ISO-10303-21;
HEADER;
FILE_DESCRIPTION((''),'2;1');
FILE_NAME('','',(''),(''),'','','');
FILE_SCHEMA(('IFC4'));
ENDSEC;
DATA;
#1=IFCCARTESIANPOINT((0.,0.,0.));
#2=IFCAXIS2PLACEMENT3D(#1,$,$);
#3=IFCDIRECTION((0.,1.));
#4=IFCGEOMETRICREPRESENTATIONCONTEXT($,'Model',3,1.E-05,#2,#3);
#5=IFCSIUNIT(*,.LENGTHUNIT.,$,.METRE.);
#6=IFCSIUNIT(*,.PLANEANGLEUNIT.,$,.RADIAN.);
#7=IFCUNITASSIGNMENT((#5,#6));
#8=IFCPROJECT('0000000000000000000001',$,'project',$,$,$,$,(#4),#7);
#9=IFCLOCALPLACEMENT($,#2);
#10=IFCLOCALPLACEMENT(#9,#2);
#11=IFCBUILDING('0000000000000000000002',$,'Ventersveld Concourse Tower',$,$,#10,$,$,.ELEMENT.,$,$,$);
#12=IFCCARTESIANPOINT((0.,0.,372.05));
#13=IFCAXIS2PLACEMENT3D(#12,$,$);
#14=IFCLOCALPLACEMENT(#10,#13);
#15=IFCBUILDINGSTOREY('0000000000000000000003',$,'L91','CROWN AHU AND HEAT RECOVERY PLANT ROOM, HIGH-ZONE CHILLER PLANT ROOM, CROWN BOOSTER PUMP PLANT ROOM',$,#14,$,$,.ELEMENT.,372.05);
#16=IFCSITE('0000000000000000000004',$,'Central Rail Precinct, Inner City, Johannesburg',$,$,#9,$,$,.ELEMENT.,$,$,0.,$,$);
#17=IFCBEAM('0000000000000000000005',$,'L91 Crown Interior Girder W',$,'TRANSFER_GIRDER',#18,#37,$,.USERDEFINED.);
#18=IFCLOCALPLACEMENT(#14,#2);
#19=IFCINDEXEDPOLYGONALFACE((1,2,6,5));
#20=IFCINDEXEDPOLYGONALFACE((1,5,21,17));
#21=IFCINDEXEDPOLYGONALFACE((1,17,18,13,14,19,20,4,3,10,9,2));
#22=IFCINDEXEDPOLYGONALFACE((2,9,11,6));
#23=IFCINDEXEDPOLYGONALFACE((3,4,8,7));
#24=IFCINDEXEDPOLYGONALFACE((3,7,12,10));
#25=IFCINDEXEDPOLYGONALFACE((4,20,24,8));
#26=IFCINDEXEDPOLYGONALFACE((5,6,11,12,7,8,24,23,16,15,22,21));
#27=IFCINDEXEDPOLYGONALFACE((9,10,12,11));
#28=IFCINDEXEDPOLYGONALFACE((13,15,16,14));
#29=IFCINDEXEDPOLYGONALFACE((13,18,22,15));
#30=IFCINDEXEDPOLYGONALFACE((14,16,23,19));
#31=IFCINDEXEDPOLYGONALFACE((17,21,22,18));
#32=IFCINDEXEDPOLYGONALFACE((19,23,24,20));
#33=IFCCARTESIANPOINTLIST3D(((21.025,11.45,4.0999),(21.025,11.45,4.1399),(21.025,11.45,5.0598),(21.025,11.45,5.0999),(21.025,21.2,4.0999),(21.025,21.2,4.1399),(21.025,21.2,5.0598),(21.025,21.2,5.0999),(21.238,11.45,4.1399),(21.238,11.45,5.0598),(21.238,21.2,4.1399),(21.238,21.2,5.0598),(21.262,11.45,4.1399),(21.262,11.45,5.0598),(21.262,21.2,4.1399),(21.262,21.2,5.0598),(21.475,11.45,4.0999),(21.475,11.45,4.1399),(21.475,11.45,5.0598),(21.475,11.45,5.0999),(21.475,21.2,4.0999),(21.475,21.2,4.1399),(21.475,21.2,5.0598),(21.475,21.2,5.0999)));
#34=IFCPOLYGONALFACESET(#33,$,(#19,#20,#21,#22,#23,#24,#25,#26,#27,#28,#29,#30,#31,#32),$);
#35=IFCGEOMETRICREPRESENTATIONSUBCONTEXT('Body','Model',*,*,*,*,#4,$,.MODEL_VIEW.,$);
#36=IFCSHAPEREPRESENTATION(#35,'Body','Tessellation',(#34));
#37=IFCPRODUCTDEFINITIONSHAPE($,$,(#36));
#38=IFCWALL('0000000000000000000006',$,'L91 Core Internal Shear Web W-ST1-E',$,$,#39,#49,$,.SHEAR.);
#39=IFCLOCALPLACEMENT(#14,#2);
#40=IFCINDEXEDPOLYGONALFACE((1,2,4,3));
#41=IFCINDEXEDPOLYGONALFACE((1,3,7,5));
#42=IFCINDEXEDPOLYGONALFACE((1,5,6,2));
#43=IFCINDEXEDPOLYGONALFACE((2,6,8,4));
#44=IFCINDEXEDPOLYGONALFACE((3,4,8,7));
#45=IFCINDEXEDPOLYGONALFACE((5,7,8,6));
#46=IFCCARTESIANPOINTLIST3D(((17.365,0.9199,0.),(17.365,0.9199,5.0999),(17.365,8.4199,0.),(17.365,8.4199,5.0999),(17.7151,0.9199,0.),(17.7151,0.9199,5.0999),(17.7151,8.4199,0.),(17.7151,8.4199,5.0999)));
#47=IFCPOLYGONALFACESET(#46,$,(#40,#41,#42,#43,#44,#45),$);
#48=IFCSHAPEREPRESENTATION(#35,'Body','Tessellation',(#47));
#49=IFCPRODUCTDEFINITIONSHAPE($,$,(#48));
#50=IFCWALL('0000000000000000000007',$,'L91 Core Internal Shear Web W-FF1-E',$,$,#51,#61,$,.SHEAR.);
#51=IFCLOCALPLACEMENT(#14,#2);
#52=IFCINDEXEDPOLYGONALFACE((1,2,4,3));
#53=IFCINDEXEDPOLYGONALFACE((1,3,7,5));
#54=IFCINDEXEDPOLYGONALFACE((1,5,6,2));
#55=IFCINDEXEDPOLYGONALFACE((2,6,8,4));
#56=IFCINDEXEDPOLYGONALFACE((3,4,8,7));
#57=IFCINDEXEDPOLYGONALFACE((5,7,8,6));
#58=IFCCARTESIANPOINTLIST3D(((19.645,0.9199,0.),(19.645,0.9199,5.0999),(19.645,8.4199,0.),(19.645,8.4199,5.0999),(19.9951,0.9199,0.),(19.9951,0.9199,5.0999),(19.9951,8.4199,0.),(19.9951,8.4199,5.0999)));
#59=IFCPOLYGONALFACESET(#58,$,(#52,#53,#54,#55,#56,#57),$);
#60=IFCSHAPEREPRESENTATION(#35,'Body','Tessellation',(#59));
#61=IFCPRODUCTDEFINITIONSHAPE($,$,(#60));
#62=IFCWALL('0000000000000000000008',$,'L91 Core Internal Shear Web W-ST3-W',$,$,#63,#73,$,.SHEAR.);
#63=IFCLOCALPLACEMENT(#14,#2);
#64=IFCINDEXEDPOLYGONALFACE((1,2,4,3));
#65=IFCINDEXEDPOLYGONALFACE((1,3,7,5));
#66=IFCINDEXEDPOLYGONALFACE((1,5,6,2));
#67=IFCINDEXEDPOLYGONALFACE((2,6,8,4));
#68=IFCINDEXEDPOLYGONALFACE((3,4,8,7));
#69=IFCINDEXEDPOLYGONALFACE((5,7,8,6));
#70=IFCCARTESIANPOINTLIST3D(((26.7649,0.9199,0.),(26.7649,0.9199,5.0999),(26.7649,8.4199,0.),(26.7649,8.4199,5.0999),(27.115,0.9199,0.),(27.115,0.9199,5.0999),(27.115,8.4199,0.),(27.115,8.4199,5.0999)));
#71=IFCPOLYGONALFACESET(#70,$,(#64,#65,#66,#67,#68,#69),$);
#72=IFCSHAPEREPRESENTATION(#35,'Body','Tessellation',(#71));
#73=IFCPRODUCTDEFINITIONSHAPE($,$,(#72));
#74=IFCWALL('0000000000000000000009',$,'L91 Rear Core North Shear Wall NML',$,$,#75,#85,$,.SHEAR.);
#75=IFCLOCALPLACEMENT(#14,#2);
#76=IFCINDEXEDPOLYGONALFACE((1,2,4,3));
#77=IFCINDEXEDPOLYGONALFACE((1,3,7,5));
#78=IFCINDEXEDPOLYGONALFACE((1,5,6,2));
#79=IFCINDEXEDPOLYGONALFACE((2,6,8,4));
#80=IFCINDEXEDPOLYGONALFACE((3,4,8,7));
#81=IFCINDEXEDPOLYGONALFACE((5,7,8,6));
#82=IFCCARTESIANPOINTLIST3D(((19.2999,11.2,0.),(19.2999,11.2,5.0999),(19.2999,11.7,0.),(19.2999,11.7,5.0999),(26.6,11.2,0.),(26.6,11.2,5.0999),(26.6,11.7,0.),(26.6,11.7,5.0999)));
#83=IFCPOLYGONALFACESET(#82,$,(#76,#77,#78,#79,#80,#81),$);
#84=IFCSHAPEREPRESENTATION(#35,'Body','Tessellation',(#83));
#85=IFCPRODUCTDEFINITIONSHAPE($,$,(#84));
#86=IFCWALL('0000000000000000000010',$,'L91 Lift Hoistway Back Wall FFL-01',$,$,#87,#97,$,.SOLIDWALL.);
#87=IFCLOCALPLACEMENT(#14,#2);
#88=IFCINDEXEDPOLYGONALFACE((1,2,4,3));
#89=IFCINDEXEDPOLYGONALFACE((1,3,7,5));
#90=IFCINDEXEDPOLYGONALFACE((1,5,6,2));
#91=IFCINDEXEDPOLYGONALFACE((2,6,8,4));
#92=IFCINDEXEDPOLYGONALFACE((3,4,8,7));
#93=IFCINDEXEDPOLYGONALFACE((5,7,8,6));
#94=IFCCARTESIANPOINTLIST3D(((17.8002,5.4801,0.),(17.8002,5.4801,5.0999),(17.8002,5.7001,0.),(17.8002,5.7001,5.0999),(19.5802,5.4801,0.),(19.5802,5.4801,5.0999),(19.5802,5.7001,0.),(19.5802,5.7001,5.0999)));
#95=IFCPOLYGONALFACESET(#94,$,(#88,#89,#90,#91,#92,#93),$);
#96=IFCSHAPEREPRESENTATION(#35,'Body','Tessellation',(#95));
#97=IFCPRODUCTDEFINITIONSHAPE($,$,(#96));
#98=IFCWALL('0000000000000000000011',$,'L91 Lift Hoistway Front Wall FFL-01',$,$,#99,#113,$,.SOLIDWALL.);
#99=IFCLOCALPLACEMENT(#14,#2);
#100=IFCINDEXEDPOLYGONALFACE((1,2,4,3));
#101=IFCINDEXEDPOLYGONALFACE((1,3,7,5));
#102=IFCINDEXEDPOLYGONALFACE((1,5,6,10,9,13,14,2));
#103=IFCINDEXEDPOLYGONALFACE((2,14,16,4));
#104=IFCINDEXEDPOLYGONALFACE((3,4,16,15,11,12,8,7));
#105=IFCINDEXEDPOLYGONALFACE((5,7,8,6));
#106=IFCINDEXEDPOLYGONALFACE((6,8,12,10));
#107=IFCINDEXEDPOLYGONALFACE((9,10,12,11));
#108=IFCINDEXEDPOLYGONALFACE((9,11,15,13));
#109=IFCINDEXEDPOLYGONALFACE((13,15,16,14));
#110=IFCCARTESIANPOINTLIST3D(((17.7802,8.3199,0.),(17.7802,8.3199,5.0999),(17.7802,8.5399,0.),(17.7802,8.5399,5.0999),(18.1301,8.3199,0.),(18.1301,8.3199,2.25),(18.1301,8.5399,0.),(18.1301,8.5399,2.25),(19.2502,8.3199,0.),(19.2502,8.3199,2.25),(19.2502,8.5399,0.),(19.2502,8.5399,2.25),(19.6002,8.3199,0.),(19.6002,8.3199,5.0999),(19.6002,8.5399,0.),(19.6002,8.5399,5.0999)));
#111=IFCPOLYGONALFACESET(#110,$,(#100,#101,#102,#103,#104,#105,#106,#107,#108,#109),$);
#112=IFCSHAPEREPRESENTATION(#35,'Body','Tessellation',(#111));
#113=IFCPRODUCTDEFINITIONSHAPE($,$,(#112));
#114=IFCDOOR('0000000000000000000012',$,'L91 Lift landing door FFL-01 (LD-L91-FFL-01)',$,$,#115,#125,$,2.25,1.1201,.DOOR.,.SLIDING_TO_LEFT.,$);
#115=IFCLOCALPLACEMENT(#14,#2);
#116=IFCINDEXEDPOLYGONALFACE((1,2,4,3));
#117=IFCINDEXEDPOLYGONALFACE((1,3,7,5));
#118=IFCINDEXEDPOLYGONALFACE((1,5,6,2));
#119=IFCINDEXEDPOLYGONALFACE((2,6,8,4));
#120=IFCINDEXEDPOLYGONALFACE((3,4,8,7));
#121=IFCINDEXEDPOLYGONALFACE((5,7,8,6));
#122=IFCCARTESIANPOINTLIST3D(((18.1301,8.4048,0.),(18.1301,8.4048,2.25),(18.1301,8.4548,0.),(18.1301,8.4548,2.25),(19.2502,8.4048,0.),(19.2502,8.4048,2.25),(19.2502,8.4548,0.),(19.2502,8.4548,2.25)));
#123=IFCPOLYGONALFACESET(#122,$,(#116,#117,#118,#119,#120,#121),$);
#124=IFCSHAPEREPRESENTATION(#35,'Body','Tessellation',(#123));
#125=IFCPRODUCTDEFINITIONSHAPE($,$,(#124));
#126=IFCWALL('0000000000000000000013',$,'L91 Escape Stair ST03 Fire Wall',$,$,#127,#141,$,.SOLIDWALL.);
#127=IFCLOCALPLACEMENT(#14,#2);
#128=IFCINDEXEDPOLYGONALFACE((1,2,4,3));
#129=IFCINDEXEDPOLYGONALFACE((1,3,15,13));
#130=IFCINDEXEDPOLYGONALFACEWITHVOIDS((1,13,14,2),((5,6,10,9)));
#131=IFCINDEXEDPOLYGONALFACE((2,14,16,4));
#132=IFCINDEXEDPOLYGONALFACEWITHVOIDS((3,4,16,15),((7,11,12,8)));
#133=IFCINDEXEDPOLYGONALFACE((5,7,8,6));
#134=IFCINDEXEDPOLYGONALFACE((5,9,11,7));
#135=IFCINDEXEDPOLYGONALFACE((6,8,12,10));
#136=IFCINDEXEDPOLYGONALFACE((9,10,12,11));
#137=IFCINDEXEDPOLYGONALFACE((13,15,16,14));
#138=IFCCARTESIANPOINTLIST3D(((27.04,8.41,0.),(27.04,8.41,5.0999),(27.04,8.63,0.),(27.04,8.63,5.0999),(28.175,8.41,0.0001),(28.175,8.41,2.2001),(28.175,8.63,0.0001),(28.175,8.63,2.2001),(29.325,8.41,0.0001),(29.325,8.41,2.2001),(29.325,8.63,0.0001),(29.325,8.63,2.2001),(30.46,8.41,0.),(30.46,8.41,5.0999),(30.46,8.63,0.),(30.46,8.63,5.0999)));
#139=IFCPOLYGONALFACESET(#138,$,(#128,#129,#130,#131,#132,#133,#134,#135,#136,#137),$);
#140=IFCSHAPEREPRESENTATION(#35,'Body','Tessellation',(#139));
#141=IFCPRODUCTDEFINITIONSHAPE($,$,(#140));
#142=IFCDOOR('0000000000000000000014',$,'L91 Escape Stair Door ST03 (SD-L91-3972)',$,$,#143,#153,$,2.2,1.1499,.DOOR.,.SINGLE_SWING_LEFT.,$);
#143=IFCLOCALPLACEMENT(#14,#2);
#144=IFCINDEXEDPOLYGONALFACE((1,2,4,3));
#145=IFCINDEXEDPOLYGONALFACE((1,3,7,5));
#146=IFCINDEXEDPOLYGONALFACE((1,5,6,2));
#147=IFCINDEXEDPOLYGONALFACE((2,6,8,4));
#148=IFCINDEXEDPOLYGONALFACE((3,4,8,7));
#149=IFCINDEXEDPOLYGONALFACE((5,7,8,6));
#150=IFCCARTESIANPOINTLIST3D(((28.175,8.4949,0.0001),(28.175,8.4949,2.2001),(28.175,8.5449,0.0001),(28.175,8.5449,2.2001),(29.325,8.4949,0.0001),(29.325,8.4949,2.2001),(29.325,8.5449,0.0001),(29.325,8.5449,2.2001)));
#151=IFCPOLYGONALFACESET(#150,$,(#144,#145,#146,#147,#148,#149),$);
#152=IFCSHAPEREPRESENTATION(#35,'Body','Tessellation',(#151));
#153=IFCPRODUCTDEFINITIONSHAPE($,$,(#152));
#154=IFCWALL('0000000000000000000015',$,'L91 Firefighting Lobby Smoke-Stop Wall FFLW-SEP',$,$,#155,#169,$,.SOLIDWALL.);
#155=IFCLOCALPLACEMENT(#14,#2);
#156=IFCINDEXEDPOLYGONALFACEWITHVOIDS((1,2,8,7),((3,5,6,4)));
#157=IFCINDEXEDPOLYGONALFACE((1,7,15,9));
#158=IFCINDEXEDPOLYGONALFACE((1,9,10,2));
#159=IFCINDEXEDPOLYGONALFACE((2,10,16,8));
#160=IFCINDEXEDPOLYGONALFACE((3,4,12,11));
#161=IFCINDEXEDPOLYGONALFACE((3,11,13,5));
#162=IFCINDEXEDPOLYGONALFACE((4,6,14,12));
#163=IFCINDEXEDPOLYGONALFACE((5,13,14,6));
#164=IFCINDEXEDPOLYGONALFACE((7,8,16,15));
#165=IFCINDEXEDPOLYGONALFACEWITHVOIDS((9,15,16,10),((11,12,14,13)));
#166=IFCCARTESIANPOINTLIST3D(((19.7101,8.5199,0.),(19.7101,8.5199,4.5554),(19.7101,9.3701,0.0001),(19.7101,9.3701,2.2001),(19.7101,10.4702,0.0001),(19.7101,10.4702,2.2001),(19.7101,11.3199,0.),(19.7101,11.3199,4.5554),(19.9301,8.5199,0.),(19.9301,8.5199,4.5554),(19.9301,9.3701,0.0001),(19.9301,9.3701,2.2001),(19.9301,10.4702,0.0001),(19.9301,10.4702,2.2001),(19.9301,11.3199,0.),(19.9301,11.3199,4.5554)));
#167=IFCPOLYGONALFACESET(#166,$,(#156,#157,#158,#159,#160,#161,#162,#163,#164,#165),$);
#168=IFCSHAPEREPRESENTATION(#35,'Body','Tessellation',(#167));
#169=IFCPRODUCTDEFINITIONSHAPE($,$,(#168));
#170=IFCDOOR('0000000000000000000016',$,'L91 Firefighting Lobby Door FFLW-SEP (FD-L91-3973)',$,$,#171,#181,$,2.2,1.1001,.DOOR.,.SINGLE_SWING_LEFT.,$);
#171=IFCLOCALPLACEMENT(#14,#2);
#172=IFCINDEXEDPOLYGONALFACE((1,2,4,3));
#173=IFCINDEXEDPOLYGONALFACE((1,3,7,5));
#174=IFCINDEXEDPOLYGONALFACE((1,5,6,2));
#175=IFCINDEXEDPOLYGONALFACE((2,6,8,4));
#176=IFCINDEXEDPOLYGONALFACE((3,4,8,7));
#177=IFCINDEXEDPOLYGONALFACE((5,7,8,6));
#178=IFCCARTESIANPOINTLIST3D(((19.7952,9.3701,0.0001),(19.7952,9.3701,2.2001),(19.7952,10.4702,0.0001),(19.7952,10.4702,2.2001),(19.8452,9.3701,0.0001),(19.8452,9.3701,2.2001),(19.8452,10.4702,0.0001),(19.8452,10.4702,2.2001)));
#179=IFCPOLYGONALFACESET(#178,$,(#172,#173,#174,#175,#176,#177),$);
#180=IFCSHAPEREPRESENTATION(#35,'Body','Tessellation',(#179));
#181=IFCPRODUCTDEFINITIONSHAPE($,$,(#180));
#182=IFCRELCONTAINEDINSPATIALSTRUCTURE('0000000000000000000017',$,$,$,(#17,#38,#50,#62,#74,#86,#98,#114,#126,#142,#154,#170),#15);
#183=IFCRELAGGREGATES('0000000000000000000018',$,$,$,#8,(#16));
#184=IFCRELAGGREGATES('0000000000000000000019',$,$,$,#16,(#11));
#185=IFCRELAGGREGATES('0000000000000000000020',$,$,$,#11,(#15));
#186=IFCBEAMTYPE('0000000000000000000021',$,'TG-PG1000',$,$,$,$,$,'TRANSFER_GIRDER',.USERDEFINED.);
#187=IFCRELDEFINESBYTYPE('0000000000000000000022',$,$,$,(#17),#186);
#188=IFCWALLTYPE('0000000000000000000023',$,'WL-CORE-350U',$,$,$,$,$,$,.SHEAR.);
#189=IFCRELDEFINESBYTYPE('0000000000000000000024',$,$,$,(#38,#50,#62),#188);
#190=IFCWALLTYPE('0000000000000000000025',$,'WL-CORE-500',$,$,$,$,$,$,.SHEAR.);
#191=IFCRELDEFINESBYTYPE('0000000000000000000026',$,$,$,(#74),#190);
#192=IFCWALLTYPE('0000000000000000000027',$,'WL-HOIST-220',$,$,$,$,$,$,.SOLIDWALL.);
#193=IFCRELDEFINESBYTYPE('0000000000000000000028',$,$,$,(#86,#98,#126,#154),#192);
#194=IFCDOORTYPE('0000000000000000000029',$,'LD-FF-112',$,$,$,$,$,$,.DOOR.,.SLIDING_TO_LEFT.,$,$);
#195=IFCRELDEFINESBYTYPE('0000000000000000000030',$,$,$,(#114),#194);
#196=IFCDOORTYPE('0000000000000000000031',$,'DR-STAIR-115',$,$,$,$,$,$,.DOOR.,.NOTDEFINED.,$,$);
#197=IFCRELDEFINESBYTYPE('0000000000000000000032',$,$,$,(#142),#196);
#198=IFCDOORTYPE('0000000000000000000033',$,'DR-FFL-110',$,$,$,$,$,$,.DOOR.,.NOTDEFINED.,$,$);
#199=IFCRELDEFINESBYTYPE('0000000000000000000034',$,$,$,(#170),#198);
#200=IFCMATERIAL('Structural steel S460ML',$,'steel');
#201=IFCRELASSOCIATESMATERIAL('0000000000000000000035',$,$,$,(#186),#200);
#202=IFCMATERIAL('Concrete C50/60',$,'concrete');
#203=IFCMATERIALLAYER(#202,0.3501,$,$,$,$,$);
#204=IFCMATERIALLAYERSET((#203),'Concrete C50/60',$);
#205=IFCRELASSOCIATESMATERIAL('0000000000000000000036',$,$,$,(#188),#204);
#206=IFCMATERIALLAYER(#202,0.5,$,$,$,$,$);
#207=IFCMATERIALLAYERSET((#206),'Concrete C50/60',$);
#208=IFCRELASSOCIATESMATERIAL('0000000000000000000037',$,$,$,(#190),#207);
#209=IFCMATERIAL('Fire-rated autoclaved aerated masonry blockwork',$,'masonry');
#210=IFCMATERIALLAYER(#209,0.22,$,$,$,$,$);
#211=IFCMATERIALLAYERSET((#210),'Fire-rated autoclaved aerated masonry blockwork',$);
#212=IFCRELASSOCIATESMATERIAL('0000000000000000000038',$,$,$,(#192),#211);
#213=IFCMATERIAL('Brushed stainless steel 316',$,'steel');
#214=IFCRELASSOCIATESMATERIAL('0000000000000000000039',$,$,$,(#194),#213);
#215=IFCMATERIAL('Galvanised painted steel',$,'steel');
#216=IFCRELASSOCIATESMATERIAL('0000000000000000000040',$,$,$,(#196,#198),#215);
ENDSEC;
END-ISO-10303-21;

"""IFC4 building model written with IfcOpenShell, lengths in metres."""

from ifc_helpers import new_model, si_unit, direction, frame, frame_2d, origin, origin_2d, place, context, subcontext, project, spatial, rectangle, i_section, extrude, material, layer, layer_set, material_profile, profile_set, type_object, element, fill, save


model = new_model("IFC4")

# Units and contexts
model_context = context("Model", 3, precision=1e-05, world=origin(), true_north=direction((0.0, 1.0)))
body_context = subcontext(model_context, "Body", "Model", "MODEL_VIEW")
ifc_project = project(units=[si_unit("LENGTHUNIT", "METRE"), si_unit("PLANEANGLEUNIT", "RADIAN")], contexts=[model_context])

# Site, building, storey
site_placement = place(None, origin())
site = spatial("IfcSite", under=ifc_project, at=site_placement, Name="Central Rail Precinct, Inner City, Johannesburg", CompositionType="ELEMENT", RefElevation=0.0)
building_placement = place(site_placement, origin())
building = spatial("IfcBuilding", under=site, at=building_placement, Name="Ventersveld Concourse Tower", CompositionType="ELEMENT")
storey_placement = place(building_placement, frame((0.0, 0.0, 372.05)))
storey = spatial("IfcBuildingStorey", under=building, at=storey_placement, Name="L91", Description="CROWN AHU AND HEAT RECOVERY PLANT ROOM, HIGH-ZONE CHILLER PLANT ROOM, CROWN BOOSTER PUMP PLANT ROOM", CompositionType="ELEMENT", Elevation=372.05)

# Beam
ifc_material_1 = material(Name="Concrete C50/60", Category="concrete")
ifc_material_2 = material(Name="Structural steel S460ML", Category="steel")
ifc_material_profile_1 = material_profile(ifc_material_2, i_section(OverallWidth=0.45, OverallDepth=1.0, WebThickness=0.0239, FlangeThickness=0.04, at=origin_2d()), Name="PG 1000x450x40")
ifc_profile_set_1 = profile_set([ifc_material_profile_1], Name="Structural steel S460ML")
beam_type_1 = type_object("IfcBeamType", Name="TG-PG1000", ElementType="TRANSFER_GIRDER", PredefinedType="USERDEFINED", material=ifc_profile_set_1)
beam_1_placement = place(storey_placement, frame((21.25, 11.45, 4.5999), z_axis=(0.0, 1.0, 0.0), x_axis=(-1.0, 0.0, 0.0)))
element("IfcBeam", 1, at=beam_1_placement, inside=storey, type_object=beam_type_1, Name="L91 Crown Interior Girder W", ObjectType="TRANSFER_GIRDER", PredefinedType="USERDEFINED", context=body_context, shape_type="SweptSolid", body=[
    extrude(i_section(OverallWidth=0.45, OverallDepth=1.0, WebThickness=0.0239, FlangeThickness=0.04, at=origin_2d()), origin(), (0.0, 0.0, 1.0), 9.75),
])

# Walls
ifc_layer_1 = layer(ifc_material_1, 0.3501)
ifc_layer_set_1 = layer_set([ifc_layer_1], Name="Concrete C50/60")
wall_type_1 = type_object("IfcWallType", Name="WL-CORE-350U", PredefinedType="SHEAR", material=ifc_layer_set_1)
for number, where, z_axis, x_axis, name in (
    (2, (17.54, 0.9199, 0.0), (0.0, 0.0, 1.0), (0.0, 1.0, 0.0), "L91 Core Internal Shear Web W-ST1-E"),
    (3, (19.8201, 0.9199, 0.0), (0.0, 0.0, 1.0), (0.0, 1.0, 0.0), "L91 Core Internal Shear Web W-FF1-E"),
    (4, (26.9399, 0.9199, 0.0), (0.0, 0.0, 1.0), (0.0, 1.0, 0.0), "L91 Core Internal Shear Web W-ST3-W"),
):
    element("IfcWall", number, at=place(storey_placement, frame(where, z_axis=z_axis, x_axis=x_axis)), inside=storey, type_object=wall_type_1, Name=name, PredefinedType="SHEAR", context=body_context, shape_type="SweptSolid", body=[
        extrude(rectangle(XDim=7.5, YDim=0.3501, at=frame_2d((3.75, 0.0))), origin(), (0.0, 0.0, 1.0), 5.0999),
    ])
ifc_layer_2 = layer(ifc_material_1, 0.5)
ifc_layer_set_2 = layer_set([ifc_layer_2], Name="Concrete C50/60")
wall_type_2 = type_object("IfcWallType", Name="WL-CORE-500", PredefinedType="SHEAR", material=ifc_layer_set_2)
wall_1_placement = place(storey_placement, frame((19.3, 11.45, 0.0), z_axis=(0.0, 0.0, 1.0), x_axis=(1.0, 0.0, 0.0)))
element("IfcWall", 5, at=wall_1_placement, inside=storey, type_object=wall_type_2, Name="L91 Rear Core North Shear Wall NML", PredefinedType="SHEAR", context=body_context, shape_type="SweptSolid", body=[
    extrude(rectangle(XDim=7.3, YDim=0.5, at=frame_2d((3.6499, 0.0))), origin(), (0.0, 0.0, 1.0), 5.0999),
])
ifc_material_3 = material(Name="Fire-rated autoclaved aerated masonry blockwork", Category="masonry")
ifc_layer_3 = layer(ifc_material_3, 0.22)
ifc_layer_set_3 = layer_set([ifc_layer_3], Name="Fire-rated autoclaved aerated masonry blockwork")
wall_type_3 = type_object("IfcWallType", Name="WL-HOIST-220", PredefinedType="SOLIDWALL", material=ifc_layer_set_3)
wall_2_placement = place(storey_placement, frame((17.8, 5.5901, 0.0), z_axis=(0.0, 0.0, 1.0), x_axis=(1.0, 0.0, 0.0)))
element("IfcWall", 6, at=wall_2_placement, inside=storey, type_object=wall_type_3, Name="L91 Lift Hoistway Back Wall FFL-01", PredefinedType="SOLIDWALL", context=body_context, shape_type="SweptSolid", body=[
    extrude(rectangle(XDim=1.78, YDim=0.22, at=frame_2d((0.8901, 0.0))), origin(), (0.0, 0.0, 1.0), 5.0999),
])

# Walls, openings, doors
wall_3_placement = place(storey_placement, frame((17.78, 8.4299, 0.0), z_axis=(0.0, 0.0, 1.0), x_axis=(1.0, 0.0, 0.0)))
wall_3 = element("IfcWall", 7, at=wall_3_placement, inside=storey, type_object=wall_type_3, Name="L91 Lift Hoistway Front Wall FFL-01", PredefinedType="SOLIDWALL", context=body_context, shape_type="SweptSolid", body=[
    extrude(rectangle(XDim=1.8201, YDim=0.22, at=frame_2d((0.9102, 0.0))), origin(), (0.0, 0.0, 1.0), 5.0999),
])
opening_1_placement = place(wall_3_placement, frame((0.3501, 0.0, 0.0)))
opening_1 = element("IfcOpeningElement", 8, at=opening_1_placement, cuts=wall_3, PredefinedType="OPENING", context=body_context, shape_type="SweptSolid", body=[
    extrude(rectangle(XDim=1.1201, YDim=2.25, at=frame_2d((0.5601, 1.125))), frame((0.0, 0.1201, 0.0), z_axis=(0.0, -1.0, 0.0), x_axis=(1.0, 0.0, 0.0)), (0.0, 0.0, 1.0), 0.24),
])
ifc_material_4 = material(Name="Brushed stainless steel 316", Category="steel")
door_type_1 = type_object("IfcDoorType", Name="LD-FF-112", OperationType="SLIDING_TO_LEFT", PredefinedType="DOOR", material=ifc_material_4)
door_1_placement = place(opening_1_placement, origin())
door_1 = element("IfcDoor", 9, at=door_1_placement, inside=storey, type_object=door_type_1, Name="L91 Lift landing door FFL-01 (LD-L91-FFL-01)", OperationType="SLIDING_TO_LEFT", OverallHeight=2.25, OverallWidth=1.1201, PredefinedType="DOOR", context=body_context, shape_type="SweptSolid", body=[
    extrude(rectangle(XDim=1.1201, YDim=2.25, at=frame_2d((0.5601, 1.125))), frame((0.0, 0.0249, 0.0), z_axis=(0.0, -1.0, 0.0), x_axis=(1.0, 0.0, 0.0)), (0.0, 0.0, 1.0), 0.05),
])
fill(opening_1, door_1)
wall_4_placement = place(storey_placement, frame((27.04, 8.52, 0.0), z_axis=(0.0, 0.0, 1.0), x_axis=(1.0, 0.0, 0.0)))
wall_4 = element("IfcWall", 10, at=wall_4_placement, inside=storey, type_object=wall_type_3, Name="L91 Escape Stair ST03 Fire Wall", PredefinedType="SOLIDWALL", context=body_context, shape_type="SweptSolid", body=[
    extrude(rectangle(XDim=3.4199, YDim=0.22, at=frame_2d((1.71, 0.0))), origin(), (0.0, 0.0, 1.0), 5.0999),
])
opening_2_placement = place(wall_4_placement, frame((1.135, 0.0, 0.0)))
opening_2 = element("IfcOpeningElement", 11, at=opening_2_placement, cuts=wall_4, PredefinedType="OPENING", context=body_context, shape_type="SweptSolid", body=[
    extrude(rectangle(XDim=1.1499, YDim=2.2, at=frame_2d((0.575, 1.1001))), frame((0.0, 0.1201, 0.0), z_axis=(0.0, -1.0, 0.0), x_axis=(1.0, 0.0, 0.0)), (0.0, 0.0, 1.0), 0.24),
])
ifc_material_5 = material(Name="Galvanised painted steel", Category="steel")
door_type_2 = type_object("IfcDoorType", Name="DR-STAIR-115", OperationType="NOTDEFINED", PredefinedType="DOOR", material=ifc_material_5)
door_2_placement = place(opening_2_placement, origin())
door_2 = element("IfcDoor", 12, at=door_2_placement, inside=storey, type_object=door_type_2, Name="L91 Escape Stair Door ST03 (SD-L91-3972)", OperationType="SINGLE_SWING_LEFT", OverallHeight=2.2, OverallWidth=1.1499, PredefinedType="DOOR", context=body_context, shape_type="SweptSolid", body=[
    extrude(rectangle(XDim=1.1499, YDim=2.2, at=frame_2d((0.575, 1.1001))), frame((0.0, 0.0249, 0.0), z_axis=(0.0, -1.0, 0.0), x_axis=(1.0, 0.0, 0.0)), (0.0, 0.0, 1.0), 0.05),
])
fill(opening_2, door_2)
wall_5_placement = place(storey_placement, frame((19.8201, 8.52, 0.0), z_axis=(0.0, 0.0, 1.0), x_axis=(0.0, 1.0, 0.0)))
wall_5 = element("IfcWall", 13, at=wall_5_placement, inside=storey, type_object=wall_type_3, Name="L91 Firefighting Lobby Smoke-Stop Wall FFLW-SEP", PredefinedType="SOLIDWALL", context=body_context, shape_type="SweptSolid", body=[
    extrude(rectangle(XDim=2.8, YDim=0.22, at=frame_2d((1.3999, 0.0))), origin(), (0.0, 0.0, 1.0), 4.5554),
])
opening_3_placement = place(wall_5_placement, frame((0.8501, 0.0, 0.0)))
opening_3 = element("IfcOpeningElement", 14, at=opening_3_placement, cuts=wall_5, PredefinedType="OPENING", context=body_context, shape_type="SweptSolid", body=[
    extrude(rectangle(XDim=1.1001, YDim=2.2, at=frame_2d((0.55, 1.1001))), frame((0.0, 0.1201, 0.0), z_axis=(0.0, -1.0, 0.0), x_axis=(1.0, 0.0, 0.0)), (0.0, 0.0, 1.0), 0.24),
])
door_type_3 = type_object("IfcDoorType", Name="DR-FFL-110", OperationType="NOTDEFINED", PredefinedType="DOOR", material=ifc_material_5)
door_3_placement = place(opening_3_placement, origin())
door_3 = element("IfcDoor", 15, at=door_3_placement, inside=storey, type_object=door_type_3, Name="L91 Firefighting Lobby Door FFLW-SEP (FD-L91-3973)", OperationType="SINGLE_SWING_LEFT", OverallHeight=2.2, OverallWidth=1.1001, PredefinedType="DOOR", context=body_context, shape_type="SweptSolid", body=[
    extrude(rectangle(XDim=1.1001, YDim=2.2, at=frame_2d((0.55, 1.1001))), frame((0.0, 0.0249, 0.0), z_axis=(0.0, -1.0, 0.0), x_axis=(1.0, 0.0, 0.0)), (0.0, 0.0, 1.0), 0.05),
])
fill(opening_3, door_3)

save(model, "model.ifc")
